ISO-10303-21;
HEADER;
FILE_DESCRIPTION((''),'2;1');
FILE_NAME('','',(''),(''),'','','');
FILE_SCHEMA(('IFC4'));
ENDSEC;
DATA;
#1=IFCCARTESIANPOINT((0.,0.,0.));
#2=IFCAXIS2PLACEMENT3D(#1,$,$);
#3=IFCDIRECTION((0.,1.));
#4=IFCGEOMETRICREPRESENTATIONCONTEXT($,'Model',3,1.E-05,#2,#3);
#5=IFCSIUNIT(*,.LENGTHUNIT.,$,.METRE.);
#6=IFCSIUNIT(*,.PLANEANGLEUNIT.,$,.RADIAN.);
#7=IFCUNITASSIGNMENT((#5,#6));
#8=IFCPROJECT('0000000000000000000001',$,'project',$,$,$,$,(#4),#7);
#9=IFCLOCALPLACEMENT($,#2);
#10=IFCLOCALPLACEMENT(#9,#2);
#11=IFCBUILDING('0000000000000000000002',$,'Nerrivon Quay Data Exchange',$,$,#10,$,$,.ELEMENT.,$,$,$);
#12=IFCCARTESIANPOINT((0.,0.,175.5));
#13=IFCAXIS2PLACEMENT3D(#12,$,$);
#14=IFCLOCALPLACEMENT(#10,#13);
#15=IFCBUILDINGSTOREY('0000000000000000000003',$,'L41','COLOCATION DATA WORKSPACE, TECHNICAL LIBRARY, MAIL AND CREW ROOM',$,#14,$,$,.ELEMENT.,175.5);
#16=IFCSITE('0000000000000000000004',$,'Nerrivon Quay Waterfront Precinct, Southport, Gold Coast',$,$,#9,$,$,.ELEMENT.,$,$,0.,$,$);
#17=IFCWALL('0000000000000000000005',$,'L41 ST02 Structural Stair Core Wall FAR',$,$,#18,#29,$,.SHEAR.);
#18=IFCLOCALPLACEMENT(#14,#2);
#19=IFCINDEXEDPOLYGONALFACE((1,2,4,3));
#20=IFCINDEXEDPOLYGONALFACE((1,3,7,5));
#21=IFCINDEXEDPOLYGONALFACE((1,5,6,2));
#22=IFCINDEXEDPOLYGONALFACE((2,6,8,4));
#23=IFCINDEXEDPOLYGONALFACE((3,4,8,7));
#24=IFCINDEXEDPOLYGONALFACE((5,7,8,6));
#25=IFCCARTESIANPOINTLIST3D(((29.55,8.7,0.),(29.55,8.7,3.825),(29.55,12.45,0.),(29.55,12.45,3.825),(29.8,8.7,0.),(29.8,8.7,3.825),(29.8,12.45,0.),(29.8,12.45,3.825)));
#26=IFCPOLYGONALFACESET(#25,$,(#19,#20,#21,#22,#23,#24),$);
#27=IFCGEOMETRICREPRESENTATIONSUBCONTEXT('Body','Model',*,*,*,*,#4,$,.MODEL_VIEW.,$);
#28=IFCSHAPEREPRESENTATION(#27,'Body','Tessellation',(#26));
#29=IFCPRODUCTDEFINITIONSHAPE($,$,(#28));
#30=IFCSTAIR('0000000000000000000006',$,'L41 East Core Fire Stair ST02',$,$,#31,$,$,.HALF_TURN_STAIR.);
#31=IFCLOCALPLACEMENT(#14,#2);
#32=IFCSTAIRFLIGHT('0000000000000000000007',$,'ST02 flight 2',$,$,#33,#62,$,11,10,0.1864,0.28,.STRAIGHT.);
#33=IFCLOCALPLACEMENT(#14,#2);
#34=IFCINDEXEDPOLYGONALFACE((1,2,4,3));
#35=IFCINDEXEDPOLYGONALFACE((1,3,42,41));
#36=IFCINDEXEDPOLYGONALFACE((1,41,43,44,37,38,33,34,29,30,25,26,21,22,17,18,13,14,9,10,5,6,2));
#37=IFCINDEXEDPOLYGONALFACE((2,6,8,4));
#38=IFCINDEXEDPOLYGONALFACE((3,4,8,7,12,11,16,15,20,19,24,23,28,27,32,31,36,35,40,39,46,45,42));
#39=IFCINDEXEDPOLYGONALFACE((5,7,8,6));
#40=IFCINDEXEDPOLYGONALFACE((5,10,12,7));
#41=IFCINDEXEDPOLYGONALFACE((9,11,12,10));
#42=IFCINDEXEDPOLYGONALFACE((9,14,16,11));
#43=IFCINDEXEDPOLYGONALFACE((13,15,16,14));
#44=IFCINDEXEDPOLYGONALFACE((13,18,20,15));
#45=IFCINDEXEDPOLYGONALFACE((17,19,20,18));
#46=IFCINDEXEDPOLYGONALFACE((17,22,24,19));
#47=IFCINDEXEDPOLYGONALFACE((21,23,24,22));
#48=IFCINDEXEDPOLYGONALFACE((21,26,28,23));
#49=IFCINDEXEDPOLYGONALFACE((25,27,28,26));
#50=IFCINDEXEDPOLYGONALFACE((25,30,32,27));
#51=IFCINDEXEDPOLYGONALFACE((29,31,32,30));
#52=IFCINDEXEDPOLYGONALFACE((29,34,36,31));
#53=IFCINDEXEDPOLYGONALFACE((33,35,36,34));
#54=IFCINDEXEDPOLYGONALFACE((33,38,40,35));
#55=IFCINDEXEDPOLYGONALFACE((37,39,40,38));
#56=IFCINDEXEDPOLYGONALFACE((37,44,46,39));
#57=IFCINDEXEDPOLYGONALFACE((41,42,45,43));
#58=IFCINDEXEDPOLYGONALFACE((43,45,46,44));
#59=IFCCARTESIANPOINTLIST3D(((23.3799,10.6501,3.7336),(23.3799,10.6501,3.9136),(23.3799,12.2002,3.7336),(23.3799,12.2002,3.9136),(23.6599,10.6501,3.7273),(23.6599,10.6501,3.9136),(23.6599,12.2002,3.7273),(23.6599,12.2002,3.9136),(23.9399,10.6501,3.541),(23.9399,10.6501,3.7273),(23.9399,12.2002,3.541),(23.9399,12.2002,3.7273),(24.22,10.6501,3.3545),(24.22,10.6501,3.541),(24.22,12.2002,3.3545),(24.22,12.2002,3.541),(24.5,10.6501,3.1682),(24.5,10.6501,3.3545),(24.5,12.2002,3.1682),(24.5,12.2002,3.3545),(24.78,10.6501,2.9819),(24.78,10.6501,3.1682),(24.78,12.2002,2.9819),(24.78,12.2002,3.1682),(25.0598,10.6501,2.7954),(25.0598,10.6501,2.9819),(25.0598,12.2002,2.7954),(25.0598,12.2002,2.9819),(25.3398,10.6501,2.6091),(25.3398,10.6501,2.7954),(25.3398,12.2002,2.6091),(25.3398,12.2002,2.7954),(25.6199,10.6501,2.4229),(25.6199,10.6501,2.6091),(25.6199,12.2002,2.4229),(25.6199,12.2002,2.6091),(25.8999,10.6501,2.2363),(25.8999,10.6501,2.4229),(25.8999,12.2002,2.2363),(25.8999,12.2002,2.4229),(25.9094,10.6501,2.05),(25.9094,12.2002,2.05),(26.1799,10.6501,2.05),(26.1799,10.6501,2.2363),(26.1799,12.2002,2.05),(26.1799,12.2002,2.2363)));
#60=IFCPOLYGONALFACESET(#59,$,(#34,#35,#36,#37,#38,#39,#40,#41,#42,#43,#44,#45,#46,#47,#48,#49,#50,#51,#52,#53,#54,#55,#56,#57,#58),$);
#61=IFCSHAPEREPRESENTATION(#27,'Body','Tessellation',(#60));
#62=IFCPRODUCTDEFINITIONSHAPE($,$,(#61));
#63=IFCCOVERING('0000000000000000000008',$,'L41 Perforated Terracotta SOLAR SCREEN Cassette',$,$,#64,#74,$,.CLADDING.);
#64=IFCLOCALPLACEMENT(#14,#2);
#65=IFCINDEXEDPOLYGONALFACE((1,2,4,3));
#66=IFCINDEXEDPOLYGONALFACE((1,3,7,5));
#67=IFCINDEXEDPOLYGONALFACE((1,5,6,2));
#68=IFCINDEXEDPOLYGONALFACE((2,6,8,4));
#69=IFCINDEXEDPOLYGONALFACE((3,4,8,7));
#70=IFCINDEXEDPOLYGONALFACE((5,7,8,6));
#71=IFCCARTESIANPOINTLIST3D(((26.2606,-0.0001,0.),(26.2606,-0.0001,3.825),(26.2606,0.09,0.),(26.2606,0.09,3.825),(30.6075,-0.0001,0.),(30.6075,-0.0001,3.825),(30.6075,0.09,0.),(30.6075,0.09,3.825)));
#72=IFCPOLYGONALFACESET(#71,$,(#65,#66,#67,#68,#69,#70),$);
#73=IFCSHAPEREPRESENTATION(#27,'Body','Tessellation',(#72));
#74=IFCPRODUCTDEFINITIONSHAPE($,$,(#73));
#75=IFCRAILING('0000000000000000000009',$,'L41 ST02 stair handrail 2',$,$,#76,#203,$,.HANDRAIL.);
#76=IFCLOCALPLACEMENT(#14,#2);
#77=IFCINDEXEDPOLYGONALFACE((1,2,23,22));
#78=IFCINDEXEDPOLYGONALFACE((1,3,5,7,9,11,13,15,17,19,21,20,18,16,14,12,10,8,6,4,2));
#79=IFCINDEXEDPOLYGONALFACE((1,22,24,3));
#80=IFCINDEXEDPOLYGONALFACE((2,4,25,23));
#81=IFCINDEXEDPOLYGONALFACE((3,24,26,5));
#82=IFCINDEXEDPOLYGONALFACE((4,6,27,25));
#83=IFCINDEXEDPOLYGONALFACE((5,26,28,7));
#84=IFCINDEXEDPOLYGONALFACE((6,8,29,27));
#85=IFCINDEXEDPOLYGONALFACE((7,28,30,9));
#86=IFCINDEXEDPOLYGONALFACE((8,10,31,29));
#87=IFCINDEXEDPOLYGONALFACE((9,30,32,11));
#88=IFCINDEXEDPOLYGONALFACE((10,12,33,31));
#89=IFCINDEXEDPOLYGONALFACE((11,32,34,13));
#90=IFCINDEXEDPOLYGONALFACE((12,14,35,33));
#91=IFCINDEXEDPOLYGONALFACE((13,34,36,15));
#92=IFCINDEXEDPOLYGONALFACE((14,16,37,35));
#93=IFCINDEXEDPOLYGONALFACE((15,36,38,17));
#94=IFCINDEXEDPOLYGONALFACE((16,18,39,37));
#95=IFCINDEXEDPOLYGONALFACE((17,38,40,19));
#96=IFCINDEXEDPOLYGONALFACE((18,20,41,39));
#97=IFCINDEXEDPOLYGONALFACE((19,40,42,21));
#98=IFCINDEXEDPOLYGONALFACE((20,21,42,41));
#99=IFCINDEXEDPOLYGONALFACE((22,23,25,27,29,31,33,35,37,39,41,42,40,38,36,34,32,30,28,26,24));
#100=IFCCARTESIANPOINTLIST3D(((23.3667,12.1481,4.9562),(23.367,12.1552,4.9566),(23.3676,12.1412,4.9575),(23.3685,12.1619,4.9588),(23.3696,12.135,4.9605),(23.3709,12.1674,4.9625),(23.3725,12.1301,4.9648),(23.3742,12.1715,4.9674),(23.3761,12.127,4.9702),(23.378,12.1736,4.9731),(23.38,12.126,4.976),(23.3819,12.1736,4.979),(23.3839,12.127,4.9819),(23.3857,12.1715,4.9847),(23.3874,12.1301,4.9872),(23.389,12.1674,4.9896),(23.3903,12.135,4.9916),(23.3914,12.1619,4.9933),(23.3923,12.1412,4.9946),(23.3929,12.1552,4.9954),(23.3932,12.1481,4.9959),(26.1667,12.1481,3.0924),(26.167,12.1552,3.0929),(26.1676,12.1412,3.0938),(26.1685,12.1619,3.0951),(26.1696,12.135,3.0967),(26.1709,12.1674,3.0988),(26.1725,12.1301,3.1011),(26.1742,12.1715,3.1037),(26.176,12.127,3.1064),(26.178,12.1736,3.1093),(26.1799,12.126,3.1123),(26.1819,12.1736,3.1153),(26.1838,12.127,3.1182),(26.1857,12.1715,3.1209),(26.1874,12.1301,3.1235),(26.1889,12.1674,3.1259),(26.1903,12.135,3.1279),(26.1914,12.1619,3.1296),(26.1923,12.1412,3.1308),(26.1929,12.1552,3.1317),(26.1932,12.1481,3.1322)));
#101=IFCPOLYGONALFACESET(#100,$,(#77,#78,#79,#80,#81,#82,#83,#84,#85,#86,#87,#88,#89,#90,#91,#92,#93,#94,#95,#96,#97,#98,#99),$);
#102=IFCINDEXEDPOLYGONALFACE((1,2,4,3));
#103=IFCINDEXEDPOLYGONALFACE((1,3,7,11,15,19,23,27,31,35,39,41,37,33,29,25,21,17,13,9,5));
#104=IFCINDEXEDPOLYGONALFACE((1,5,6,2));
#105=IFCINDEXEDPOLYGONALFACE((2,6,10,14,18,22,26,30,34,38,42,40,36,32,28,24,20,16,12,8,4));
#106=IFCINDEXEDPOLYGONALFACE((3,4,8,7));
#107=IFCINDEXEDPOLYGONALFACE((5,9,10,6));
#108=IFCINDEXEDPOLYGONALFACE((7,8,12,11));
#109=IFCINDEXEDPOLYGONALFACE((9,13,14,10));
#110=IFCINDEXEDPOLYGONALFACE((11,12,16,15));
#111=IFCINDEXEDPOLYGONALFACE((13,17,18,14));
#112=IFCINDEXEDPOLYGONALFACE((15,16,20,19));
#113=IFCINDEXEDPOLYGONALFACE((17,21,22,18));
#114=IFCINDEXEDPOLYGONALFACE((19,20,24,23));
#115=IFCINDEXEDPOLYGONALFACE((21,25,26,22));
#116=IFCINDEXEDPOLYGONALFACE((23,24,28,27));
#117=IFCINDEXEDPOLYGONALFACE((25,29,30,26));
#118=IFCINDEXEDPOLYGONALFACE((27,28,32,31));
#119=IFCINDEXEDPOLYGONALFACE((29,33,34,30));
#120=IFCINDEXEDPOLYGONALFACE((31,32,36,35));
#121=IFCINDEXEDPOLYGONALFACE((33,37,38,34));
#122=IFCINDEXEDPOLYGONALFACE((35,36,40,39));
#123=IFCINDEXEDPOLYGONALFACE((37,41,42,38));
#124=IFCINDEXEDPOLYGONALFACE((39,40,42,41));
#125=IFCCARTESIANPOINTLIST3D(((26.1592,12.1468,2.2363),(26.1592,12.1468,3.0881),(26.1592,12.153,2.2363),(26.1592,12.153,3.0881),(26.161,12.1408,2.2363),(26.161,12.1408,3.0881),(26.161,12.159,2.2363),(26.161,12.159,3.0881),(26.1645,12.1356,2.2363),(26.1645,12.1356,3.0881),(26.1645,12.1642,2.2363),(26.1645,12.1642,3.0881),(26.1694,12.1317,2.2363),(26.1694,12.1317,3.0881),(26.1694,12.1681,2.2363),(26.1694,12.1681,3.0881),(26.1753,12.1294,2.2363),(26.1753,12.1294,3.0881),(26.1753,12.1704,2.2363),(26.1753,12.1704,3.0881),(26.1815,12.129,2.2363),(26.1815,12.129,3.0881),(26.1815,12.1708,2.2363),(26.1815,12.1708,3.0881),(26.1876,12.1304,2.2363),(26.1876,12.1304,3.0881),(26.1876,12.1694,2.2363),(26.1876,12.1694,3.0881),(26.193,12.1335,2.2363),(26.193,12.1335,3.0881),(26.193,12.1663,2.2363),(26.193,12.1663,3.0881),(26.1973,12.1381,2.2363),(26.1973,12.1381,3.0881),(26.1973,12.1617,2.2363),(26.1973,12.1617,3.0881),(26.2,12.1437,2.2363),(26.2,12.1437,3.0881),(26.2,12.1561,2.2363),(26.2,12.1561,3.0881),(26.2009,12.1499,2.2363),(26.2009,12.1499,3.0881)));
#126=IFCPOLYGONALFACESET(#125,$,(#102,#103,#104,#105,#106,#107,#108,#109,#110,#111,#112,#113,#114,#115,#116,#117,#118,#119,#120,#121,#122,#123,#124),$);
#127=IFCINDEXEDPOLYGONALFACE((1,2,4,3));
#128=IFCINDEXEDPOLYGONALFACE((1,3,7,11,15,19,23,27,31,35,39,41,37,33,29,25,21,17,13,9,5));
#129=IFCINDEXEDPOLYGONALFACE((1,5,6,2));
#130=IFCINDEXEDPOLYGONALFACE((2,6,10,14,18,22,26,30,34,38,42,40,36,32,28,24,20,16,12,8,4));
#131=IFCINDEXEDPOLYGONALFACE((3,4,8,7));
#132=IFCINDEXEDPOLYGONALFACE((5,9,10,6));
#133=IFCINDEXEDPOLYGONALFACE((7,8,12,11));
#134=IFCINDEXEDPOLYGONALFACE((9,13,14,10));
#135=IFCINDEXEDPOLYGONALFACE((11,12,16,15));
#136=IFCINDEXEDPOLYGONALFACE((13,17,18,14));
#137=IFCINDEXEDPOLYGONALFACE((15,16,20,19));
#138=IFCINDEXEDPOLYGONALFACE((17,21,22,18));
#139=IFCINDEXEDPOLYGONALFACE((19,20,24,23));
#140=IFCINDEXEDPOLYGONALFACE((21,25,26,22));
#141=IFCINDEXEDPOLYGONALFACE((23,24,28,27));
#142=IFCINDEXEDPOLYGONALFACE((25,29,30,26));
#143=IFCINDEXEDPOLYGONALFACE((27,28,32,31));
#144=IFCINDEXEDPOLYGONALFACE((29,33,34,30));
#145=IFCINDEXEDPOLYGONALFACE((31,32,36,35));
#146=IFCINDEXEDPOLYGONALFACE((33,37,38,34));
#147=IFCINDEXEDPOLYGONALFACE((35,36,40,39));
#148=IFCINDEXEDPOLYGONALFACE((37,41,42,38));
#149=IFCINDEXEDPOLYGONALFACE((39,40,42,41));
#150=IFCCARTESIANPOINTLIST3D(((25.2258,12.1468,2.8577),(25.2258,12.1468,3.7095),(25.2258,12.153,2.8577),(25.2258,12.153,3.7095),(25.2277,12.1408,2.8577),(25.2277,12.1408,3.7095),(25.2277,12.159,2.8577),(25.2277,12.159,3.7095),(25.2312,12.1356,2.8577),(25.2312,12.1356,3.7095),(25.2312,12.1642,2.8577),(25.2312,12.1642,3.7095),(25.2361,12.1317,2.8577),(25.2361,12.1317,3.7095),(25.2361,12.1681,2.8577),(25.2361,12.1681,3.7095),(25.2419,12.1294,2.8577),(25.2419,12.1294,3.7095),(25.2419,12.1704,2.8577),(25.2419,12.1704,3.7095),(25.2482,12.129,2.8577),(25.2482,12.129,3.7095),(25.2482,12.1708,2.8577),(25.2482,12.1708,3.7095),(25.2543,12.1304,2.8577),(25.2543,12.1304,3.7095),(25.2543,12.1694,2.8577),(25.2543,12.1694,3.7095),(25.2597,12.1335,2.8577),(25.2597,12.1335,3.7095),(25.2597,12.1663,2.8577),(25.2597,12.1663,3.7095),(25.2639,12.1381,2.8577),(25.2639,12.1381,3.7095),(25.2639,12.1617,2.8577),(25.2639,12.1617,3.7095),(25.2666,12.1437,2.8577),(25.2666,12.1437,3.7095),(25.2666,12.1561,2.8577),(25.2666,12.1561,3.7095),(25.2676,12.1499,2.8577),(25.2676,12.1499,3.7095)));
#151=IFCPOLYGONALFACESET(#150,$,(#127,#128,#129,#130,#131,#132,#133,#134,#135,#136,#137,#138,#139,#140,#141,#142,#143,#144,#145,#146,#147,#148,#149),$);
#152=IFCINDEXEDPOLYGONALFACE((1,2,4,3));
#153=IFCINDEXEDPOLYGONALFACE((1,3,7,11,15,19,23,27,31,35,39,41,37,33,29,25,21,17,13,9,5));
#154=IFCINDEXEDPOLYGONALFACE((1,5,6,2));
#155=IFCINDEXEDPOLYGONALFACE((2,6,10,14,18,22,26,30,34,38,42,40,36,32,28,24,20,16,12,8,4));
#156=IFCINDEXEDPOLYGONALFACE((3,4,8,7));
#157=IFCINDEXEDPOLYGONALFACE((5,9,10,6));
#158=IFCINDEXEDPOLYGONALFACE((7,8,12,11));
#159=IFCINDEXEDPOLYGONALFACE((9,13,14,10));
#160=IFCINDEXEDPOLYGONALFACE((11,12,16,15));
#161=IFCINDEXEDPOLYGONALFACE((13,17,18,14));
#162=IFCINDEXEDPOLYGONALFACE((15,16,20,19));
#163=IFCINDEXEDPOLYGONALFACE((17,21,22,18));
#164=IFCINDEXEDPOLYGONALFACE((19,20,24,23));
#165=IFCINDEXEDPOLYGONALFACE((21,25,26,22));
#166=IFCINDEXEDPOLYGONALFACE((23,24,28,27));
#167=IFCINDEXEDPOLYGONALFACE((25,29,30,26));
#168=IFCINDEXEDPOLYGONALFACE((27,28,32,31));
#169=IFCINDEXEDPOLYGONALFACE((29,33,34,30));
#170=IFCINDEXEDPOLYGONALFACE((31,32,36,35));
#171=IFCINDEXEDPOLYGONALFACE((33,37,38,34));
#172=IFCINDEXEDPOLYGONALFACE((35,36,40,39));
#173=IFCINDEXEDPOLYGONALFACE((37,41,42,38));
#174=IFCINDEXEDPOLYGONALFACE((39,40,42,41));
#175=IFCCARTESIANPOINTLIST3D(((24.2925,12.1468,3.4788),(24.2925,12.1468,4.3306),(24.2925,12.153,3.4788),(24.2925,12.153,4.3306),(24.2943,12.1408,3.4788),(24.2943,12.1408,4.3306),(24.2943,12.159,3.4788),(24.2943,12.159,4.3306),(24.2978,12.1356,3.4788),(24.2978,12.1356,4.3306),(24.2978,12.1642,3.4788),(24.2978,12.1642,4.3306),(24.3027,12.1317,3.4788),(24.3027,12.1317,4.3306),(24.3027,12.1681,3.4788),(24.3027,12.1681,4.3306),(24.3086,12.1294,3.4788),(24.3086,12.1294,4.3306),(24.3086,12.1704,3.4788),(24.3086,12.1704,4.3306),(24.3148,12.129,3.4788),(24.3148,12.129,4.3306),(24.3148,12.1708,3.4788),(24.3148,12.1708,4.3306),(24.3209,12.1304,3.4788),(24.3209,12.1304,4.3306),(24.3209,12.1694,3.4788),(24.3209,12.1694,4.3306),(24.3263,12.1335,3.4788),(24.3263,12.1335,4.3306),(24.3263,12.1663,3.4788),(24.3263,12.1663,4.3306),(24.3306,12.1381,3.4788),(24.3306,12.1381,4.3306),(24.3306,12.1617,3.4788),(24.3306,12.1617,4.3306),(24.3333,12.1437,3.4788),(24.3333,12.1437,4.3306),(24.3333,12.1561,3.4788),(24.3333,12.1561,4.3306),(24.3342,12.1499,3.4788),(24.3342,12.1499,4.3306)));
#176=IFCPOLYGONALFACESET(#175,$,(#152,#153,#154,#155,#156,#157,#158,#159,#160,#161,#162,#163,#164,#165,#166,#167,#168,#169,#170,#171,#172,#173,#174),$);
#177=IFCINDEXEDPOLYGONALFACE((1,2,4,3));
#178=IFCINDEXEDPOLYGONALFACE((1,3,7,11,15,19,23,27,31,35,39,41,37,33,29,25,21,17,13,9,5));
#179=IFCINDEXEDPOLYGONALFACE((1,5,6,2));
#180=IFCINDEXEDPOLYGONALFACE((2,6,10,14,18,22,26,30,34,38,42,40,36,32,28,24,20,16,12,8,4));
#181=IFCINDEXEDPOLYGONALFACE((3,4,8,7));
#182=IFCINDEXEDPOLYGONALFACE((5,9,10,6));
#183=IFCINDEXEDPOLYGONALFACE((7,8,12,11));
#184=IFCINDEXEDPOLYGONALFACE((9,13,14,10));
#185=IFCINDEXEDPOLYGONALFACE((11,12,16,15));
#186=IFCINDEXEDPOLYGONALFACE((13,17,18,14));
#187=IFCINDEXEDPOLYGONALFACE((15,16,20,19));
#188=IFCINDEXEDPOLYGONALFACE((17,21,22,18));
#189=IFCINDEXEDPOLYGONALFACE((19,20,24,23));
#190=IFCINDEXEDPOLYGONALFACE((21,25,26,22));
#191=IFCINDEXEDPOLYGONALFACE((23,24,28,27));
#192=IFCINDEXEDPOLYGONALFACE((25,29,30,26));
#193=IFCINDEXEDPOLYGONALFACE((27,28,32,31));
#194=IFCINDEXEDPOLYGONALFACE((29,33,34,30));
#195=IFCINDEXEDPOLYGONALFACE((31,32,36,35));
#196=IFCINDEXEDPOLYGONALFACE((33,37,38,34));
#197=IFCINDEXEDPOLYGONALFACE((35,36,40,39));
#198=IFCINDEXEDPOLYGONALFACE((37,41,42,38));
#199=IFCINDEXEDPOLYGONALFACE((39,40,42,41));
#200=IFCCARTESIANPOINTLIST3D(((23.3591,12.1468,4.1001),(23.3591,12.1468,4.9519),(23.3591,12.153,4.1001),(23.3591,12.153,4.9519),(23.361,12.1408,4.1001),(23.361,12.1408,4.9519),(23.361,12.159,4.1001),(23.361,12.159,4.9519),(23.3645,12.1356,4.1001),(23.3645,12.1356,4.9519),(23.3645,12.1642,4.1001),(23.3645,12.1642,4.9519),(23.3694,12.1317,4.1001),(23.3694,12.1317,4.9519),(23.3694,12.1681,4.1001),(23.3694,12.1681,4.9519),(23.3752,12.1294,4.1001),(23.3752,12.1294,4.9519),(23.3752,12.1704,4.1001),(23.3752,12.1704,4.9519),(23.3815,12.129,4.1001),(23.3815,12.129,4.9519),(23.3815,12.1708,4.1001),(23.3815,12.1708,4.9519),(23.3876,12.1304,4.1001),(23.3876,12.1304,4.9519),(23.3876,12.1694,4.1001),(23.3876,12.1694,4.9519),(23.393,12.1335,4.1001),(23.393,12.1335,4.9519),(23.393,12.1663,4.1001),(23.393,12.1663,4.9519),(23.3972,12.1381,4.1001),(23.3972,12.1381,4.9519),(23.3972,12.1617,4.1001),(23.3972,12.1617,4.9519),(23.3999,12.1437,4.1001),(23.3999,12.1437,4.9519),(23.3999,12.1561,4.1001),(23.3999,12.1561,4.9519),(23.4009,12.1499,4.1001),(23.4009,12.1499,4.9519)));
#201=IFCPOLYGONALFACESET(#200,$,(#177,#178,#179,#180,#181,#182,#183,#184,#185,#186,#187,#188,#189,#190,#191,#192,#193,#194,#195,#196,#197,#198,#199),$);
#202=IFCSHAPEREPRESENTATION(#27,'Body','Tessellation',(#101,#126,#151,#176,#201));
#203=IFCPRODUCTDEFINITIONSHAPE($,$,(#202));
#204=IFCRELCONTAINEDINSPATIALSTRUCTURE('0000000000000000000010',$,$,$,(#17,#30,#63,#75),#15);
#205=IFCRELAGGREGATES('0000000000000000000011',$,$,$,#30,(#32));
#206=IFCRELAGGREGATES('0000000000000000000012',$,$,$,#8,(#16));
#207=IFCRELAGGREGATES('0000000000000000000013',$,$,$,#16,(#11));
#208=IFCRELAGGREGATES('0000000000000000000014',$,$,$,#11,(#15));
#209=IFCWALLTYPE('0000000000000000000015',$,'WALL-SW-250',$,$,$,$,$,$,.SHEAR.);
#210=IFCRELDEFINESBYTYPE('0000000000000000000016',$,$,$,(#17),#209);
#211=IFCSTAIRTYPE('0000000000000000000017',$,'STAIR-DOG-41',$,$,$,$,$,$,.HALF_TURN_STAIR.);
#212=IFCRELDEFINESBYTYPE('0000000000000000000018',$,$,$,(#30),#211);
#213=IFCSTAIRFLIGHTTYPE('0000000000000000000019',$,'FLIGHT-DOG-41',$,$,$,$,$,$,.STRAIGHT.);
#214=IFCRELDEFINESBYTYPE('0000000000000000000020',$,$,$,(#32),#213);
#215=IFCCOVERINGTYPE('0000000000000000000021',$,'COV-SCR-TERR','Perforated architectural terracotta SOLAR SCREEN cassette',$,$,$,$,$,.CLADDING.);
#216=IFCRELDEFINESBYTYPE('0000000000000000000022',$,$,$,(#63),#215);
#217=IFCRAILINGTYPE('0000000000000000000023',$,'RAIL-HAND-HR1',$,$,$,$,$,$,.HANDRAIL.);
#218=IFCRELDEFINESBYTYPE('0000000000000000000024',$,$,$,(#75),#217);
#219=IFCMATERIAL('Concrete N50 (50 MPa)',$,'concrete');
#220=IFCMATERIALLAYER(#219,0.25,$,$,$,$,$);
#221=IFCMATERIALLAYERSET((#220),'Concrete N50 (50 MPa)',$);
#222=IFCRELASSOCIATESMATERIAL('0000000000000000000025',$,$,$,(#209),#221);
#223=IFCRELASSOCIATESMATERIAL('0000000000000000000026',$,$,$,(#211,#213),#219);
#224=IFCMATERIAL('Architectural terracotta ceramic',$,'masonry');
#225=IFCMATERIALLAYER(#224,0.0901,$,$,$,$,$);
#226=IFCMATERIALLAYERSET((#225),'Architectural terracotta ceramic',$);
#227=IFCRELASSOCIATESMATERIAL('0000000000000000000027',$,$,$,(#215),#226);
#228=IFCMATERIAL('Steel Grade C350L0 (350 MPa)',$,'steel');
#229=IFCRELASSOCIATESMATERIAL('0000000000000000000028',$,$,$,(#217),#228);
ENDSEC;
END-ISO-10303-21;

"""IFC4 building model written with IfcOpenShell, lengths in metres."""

from ifc_helpers import new_model, si_unit, direction, frame, frame_2d, origin, origin_2d, place, context, subcontext, project, spatial, polyline, rectangle, circle, outline, extrude, material, layer, layer_set, type_object, element, aggregate, save


model = new_model("IFC4")

# Units and contexts
model_context = context("Model", 3, precision=1e-05, world=origin(), true_north=direction((0.0, 1.0)))
body_context = subcontext(model_context, "Body", "Model", "MODEL_VIEW")
ifc_project = project(units=[si_unit("LENGTHUNIT", "METRE"), si_unit("PLANEANGLEUNIT", "RADIAN")], contexts=[model_context])

# Site, building, storey
site_placement = place(None, origin())
site = spatial("IfcSite", under=ifc_project, at=site_placement, Name="Nerrivon Quay Waterfront Precinct, Southport, Gold Coast", CompositionType="ELEMENT", RefElevation=0.0)
building_placement = place(site_placement, origin())
building = spatial("IfcBuilding", under=site, at=building_placement, Name="Nerrivon Quay Data Exchange", CompositionType="ELEMENT")
storey_placement = place(building_placement, frame((0.0, 0.0, 175.5)))
storey = spatial("IfcBuildingStorey", under=building, at=storey_placement, Name="L41", Description="COLOCATION DATA WORKSPACE, TECHNICAL LIBRARY, MAIL AND CREW ROOM", CompositionType="ELEMENT", Elevation=175.5)

# Wall
ifc_material_1 = material(Name="Concrete N50 (50 MPa)", Category="concrete")
ifc_layer_1 = layer(ifc_material_1, 0.25)
ifc_layer_set_1 = layer_set([ifc_layer_1], Name="Concrete N50 (50 MPa)")
wall_type_1 = type_object("IfcWallType", Name="WALL-SW-250", PredefinedType="SHEAR", material=ifc_layer_set_1)
wall_1_placement = place(storey_placement, frame((29.675, 8.7, 0.0), z_axis=(0.0, 0.0, 1.0), x_axis=(0.0, 1.0, 0.0)))
element("IfcWall", 1, at=wall_1_placement, inside=storey, type_object=wall_type_1, Name="L41 ST02 Structural Stair Core Wall FAR", PredefinedType="SHEAR", context=body_context, shape_type="SweptSolid", body=[
    extrude(rectangle(XDim=3.75, YDim=0.25, at=frame_2d((1.875, 0.0))), origin(), (0.0, 0.0, 1.0), 3.825),
])

# Stair, stair flight
stair_type = type_object("IfcStairType", Name="STAIR-DOG-41", PredefinedType="HALF_TURN_STAIR", material=ifc_material_1)
stair_placement = place(storey_placement, origin())
stair = element("IfcStair", 2, at=stair_placement, inside=storey, type_object=stair_type, Name="L41 East Core Fire Stair ST02", PredefinedType="HALF_TURN_STAIR")
stair_flight_type = type_object("IfcStairFlightType", Name="FLIGHT-DOG-41", PredefinedType="STRAIGHT", material=ifc_material_1)
stair_flight_placement = place(storey_placement, frame((26.1799, 11.425, 2.05), z_axis=(0.0, 0.0, 1.0), x_axis=(-1.0, 0.0, 0.0)))
stair_flight = element("IfcStairFlight", 3, at=stair_flight_placement, type_object=stair_flight_type, Name="ST02 flight 2", NumberOfRisers=11, NumberOfTreads=10, PredefinedType="STRAIGHT", RiserHeight=0.1864, TreadLength=0.28, context=body_context, shape_type="SweptSolid", body=[
    extrude(outline(polyline([(0.0, 0.0), (0.0, 0.1863), (0.28, 0.1863), (0.28, 0.3728), (0.5601, 0.3728), (0.5601, 0.5591), (0.8401, 0.5591), (0.8401, 0.7454), (1.1201, 0.7454), (1.1201, 0.9319), (1.3999, 0.9319), (1.3999, 1.1182), (1.6799, 1.1182), (1.6799, 1.3044), (1.96, 1.3044), (1.96, 1.491), (2.24, 1.491), (2.24, 1.6772), (2.52, 1.6772), (2.52, 1.8635), (2.8, 1.8635), (2.8, 2.05), (2.8, 1.6836), (0.2705, 0.0), (0.0, 0.0)])), frame((0.0, 0.7749, 0.0), z_axis=(0.0, -1.0, 0.0), x_axis=(1.0, 0.0, 0.0)), (0.0, 0.0, 1.0), 1.55),
])
aggregate(stair, [stair_flight])

# Covering
ifc_material_2 = material(Name="Architectural terracotta ceramic", Category="masonry")
ifc_layer_2 = layer(ifc_material_2, 0.0901)
ifc_layer_set_2 = layer_set([ifc_layer_2], Name="Architectural terracotta ceramic")
covering_type = type_object("IfcCoveringType", Name="COV-SCR-TERR", Description="Perforated architectural terracotta SOLAR SCREEN cassette", PredefinedType="CLADDING", material=ifc_layer_set_2)
covering_placement = place(storey_placement, frame((28.4341, 0.0449, 0.0), z_axis=(0.0, 0.0, 1.0), x_axis=(-1.0, 0.0, 0.0)))
element("IfcCovering", 4, at=covering_placement, inside=storey, type_object=covering_type, Name="L41 Perforated Terracotta SOLAR SCREEN Cassette", PredefinedType="CLADDING", context=body_context, shape_type="SweptSolid", body=[
    extrude(rectangle(XDim=4.3469, YDim=0.0901, at=origin_2d()), origin(), (0.0, 0.0, 1.0), 3.825),
])

# Railing
ifc_material_3 = material(Name="Steel Grade C350L0 (350 MPa)", Category="steel")
railing_type_1 = type_object("IfcRailingType", Name="RAIL-HAND-HR1", PredefinedType="HANDRAIL", material=ifc_material_3)
railing_1_placement = place(storey_placement, frame((26.1799, 12.1499, 2.2363)))
element("IfcRailing", 5, at=railing_1_placement, inside=storey, type_object=railing_type_1, Name="L41 ST02 stair handrail 2", PredefinedType="HANDRAIL", context=body_context, shape_type="SweptSolid", body=[
    extrude(circle(Radius=0.0239, at=origin_2d()), frame((0.0, 0.0, 0.876), z_axis=(-0.832452, 0.0, 0.554097), x_axis=(0.0, -1.0, 0.0)), (0.0, 0.0, 1.0), 3.3635),
    extrude(circle(Radius=0.021, at=origin_2d()), origin(), (0.0, 0.0, 1.0), 0.8518),
    extrude(circle(Radius=0.021, at=origin_2d()), frame((-0.9333, 0.0, 0.6213)), (0.0, 0.0, 1.0), 0.8518),
    extrude(circle(Radius=0.021, at=origin_2d()), frame((-1.8667, 0.0, 1.2424)), (0.0, 0.0, 1.0), 0.8518),
    extrude(circle(Radius=0.021, at=origin_2d()), frame((-2.8, 0.0, 1.8638)), (0.0, 0.0, 1.0), 0.8518),
])

save(model, "model.ifc")
